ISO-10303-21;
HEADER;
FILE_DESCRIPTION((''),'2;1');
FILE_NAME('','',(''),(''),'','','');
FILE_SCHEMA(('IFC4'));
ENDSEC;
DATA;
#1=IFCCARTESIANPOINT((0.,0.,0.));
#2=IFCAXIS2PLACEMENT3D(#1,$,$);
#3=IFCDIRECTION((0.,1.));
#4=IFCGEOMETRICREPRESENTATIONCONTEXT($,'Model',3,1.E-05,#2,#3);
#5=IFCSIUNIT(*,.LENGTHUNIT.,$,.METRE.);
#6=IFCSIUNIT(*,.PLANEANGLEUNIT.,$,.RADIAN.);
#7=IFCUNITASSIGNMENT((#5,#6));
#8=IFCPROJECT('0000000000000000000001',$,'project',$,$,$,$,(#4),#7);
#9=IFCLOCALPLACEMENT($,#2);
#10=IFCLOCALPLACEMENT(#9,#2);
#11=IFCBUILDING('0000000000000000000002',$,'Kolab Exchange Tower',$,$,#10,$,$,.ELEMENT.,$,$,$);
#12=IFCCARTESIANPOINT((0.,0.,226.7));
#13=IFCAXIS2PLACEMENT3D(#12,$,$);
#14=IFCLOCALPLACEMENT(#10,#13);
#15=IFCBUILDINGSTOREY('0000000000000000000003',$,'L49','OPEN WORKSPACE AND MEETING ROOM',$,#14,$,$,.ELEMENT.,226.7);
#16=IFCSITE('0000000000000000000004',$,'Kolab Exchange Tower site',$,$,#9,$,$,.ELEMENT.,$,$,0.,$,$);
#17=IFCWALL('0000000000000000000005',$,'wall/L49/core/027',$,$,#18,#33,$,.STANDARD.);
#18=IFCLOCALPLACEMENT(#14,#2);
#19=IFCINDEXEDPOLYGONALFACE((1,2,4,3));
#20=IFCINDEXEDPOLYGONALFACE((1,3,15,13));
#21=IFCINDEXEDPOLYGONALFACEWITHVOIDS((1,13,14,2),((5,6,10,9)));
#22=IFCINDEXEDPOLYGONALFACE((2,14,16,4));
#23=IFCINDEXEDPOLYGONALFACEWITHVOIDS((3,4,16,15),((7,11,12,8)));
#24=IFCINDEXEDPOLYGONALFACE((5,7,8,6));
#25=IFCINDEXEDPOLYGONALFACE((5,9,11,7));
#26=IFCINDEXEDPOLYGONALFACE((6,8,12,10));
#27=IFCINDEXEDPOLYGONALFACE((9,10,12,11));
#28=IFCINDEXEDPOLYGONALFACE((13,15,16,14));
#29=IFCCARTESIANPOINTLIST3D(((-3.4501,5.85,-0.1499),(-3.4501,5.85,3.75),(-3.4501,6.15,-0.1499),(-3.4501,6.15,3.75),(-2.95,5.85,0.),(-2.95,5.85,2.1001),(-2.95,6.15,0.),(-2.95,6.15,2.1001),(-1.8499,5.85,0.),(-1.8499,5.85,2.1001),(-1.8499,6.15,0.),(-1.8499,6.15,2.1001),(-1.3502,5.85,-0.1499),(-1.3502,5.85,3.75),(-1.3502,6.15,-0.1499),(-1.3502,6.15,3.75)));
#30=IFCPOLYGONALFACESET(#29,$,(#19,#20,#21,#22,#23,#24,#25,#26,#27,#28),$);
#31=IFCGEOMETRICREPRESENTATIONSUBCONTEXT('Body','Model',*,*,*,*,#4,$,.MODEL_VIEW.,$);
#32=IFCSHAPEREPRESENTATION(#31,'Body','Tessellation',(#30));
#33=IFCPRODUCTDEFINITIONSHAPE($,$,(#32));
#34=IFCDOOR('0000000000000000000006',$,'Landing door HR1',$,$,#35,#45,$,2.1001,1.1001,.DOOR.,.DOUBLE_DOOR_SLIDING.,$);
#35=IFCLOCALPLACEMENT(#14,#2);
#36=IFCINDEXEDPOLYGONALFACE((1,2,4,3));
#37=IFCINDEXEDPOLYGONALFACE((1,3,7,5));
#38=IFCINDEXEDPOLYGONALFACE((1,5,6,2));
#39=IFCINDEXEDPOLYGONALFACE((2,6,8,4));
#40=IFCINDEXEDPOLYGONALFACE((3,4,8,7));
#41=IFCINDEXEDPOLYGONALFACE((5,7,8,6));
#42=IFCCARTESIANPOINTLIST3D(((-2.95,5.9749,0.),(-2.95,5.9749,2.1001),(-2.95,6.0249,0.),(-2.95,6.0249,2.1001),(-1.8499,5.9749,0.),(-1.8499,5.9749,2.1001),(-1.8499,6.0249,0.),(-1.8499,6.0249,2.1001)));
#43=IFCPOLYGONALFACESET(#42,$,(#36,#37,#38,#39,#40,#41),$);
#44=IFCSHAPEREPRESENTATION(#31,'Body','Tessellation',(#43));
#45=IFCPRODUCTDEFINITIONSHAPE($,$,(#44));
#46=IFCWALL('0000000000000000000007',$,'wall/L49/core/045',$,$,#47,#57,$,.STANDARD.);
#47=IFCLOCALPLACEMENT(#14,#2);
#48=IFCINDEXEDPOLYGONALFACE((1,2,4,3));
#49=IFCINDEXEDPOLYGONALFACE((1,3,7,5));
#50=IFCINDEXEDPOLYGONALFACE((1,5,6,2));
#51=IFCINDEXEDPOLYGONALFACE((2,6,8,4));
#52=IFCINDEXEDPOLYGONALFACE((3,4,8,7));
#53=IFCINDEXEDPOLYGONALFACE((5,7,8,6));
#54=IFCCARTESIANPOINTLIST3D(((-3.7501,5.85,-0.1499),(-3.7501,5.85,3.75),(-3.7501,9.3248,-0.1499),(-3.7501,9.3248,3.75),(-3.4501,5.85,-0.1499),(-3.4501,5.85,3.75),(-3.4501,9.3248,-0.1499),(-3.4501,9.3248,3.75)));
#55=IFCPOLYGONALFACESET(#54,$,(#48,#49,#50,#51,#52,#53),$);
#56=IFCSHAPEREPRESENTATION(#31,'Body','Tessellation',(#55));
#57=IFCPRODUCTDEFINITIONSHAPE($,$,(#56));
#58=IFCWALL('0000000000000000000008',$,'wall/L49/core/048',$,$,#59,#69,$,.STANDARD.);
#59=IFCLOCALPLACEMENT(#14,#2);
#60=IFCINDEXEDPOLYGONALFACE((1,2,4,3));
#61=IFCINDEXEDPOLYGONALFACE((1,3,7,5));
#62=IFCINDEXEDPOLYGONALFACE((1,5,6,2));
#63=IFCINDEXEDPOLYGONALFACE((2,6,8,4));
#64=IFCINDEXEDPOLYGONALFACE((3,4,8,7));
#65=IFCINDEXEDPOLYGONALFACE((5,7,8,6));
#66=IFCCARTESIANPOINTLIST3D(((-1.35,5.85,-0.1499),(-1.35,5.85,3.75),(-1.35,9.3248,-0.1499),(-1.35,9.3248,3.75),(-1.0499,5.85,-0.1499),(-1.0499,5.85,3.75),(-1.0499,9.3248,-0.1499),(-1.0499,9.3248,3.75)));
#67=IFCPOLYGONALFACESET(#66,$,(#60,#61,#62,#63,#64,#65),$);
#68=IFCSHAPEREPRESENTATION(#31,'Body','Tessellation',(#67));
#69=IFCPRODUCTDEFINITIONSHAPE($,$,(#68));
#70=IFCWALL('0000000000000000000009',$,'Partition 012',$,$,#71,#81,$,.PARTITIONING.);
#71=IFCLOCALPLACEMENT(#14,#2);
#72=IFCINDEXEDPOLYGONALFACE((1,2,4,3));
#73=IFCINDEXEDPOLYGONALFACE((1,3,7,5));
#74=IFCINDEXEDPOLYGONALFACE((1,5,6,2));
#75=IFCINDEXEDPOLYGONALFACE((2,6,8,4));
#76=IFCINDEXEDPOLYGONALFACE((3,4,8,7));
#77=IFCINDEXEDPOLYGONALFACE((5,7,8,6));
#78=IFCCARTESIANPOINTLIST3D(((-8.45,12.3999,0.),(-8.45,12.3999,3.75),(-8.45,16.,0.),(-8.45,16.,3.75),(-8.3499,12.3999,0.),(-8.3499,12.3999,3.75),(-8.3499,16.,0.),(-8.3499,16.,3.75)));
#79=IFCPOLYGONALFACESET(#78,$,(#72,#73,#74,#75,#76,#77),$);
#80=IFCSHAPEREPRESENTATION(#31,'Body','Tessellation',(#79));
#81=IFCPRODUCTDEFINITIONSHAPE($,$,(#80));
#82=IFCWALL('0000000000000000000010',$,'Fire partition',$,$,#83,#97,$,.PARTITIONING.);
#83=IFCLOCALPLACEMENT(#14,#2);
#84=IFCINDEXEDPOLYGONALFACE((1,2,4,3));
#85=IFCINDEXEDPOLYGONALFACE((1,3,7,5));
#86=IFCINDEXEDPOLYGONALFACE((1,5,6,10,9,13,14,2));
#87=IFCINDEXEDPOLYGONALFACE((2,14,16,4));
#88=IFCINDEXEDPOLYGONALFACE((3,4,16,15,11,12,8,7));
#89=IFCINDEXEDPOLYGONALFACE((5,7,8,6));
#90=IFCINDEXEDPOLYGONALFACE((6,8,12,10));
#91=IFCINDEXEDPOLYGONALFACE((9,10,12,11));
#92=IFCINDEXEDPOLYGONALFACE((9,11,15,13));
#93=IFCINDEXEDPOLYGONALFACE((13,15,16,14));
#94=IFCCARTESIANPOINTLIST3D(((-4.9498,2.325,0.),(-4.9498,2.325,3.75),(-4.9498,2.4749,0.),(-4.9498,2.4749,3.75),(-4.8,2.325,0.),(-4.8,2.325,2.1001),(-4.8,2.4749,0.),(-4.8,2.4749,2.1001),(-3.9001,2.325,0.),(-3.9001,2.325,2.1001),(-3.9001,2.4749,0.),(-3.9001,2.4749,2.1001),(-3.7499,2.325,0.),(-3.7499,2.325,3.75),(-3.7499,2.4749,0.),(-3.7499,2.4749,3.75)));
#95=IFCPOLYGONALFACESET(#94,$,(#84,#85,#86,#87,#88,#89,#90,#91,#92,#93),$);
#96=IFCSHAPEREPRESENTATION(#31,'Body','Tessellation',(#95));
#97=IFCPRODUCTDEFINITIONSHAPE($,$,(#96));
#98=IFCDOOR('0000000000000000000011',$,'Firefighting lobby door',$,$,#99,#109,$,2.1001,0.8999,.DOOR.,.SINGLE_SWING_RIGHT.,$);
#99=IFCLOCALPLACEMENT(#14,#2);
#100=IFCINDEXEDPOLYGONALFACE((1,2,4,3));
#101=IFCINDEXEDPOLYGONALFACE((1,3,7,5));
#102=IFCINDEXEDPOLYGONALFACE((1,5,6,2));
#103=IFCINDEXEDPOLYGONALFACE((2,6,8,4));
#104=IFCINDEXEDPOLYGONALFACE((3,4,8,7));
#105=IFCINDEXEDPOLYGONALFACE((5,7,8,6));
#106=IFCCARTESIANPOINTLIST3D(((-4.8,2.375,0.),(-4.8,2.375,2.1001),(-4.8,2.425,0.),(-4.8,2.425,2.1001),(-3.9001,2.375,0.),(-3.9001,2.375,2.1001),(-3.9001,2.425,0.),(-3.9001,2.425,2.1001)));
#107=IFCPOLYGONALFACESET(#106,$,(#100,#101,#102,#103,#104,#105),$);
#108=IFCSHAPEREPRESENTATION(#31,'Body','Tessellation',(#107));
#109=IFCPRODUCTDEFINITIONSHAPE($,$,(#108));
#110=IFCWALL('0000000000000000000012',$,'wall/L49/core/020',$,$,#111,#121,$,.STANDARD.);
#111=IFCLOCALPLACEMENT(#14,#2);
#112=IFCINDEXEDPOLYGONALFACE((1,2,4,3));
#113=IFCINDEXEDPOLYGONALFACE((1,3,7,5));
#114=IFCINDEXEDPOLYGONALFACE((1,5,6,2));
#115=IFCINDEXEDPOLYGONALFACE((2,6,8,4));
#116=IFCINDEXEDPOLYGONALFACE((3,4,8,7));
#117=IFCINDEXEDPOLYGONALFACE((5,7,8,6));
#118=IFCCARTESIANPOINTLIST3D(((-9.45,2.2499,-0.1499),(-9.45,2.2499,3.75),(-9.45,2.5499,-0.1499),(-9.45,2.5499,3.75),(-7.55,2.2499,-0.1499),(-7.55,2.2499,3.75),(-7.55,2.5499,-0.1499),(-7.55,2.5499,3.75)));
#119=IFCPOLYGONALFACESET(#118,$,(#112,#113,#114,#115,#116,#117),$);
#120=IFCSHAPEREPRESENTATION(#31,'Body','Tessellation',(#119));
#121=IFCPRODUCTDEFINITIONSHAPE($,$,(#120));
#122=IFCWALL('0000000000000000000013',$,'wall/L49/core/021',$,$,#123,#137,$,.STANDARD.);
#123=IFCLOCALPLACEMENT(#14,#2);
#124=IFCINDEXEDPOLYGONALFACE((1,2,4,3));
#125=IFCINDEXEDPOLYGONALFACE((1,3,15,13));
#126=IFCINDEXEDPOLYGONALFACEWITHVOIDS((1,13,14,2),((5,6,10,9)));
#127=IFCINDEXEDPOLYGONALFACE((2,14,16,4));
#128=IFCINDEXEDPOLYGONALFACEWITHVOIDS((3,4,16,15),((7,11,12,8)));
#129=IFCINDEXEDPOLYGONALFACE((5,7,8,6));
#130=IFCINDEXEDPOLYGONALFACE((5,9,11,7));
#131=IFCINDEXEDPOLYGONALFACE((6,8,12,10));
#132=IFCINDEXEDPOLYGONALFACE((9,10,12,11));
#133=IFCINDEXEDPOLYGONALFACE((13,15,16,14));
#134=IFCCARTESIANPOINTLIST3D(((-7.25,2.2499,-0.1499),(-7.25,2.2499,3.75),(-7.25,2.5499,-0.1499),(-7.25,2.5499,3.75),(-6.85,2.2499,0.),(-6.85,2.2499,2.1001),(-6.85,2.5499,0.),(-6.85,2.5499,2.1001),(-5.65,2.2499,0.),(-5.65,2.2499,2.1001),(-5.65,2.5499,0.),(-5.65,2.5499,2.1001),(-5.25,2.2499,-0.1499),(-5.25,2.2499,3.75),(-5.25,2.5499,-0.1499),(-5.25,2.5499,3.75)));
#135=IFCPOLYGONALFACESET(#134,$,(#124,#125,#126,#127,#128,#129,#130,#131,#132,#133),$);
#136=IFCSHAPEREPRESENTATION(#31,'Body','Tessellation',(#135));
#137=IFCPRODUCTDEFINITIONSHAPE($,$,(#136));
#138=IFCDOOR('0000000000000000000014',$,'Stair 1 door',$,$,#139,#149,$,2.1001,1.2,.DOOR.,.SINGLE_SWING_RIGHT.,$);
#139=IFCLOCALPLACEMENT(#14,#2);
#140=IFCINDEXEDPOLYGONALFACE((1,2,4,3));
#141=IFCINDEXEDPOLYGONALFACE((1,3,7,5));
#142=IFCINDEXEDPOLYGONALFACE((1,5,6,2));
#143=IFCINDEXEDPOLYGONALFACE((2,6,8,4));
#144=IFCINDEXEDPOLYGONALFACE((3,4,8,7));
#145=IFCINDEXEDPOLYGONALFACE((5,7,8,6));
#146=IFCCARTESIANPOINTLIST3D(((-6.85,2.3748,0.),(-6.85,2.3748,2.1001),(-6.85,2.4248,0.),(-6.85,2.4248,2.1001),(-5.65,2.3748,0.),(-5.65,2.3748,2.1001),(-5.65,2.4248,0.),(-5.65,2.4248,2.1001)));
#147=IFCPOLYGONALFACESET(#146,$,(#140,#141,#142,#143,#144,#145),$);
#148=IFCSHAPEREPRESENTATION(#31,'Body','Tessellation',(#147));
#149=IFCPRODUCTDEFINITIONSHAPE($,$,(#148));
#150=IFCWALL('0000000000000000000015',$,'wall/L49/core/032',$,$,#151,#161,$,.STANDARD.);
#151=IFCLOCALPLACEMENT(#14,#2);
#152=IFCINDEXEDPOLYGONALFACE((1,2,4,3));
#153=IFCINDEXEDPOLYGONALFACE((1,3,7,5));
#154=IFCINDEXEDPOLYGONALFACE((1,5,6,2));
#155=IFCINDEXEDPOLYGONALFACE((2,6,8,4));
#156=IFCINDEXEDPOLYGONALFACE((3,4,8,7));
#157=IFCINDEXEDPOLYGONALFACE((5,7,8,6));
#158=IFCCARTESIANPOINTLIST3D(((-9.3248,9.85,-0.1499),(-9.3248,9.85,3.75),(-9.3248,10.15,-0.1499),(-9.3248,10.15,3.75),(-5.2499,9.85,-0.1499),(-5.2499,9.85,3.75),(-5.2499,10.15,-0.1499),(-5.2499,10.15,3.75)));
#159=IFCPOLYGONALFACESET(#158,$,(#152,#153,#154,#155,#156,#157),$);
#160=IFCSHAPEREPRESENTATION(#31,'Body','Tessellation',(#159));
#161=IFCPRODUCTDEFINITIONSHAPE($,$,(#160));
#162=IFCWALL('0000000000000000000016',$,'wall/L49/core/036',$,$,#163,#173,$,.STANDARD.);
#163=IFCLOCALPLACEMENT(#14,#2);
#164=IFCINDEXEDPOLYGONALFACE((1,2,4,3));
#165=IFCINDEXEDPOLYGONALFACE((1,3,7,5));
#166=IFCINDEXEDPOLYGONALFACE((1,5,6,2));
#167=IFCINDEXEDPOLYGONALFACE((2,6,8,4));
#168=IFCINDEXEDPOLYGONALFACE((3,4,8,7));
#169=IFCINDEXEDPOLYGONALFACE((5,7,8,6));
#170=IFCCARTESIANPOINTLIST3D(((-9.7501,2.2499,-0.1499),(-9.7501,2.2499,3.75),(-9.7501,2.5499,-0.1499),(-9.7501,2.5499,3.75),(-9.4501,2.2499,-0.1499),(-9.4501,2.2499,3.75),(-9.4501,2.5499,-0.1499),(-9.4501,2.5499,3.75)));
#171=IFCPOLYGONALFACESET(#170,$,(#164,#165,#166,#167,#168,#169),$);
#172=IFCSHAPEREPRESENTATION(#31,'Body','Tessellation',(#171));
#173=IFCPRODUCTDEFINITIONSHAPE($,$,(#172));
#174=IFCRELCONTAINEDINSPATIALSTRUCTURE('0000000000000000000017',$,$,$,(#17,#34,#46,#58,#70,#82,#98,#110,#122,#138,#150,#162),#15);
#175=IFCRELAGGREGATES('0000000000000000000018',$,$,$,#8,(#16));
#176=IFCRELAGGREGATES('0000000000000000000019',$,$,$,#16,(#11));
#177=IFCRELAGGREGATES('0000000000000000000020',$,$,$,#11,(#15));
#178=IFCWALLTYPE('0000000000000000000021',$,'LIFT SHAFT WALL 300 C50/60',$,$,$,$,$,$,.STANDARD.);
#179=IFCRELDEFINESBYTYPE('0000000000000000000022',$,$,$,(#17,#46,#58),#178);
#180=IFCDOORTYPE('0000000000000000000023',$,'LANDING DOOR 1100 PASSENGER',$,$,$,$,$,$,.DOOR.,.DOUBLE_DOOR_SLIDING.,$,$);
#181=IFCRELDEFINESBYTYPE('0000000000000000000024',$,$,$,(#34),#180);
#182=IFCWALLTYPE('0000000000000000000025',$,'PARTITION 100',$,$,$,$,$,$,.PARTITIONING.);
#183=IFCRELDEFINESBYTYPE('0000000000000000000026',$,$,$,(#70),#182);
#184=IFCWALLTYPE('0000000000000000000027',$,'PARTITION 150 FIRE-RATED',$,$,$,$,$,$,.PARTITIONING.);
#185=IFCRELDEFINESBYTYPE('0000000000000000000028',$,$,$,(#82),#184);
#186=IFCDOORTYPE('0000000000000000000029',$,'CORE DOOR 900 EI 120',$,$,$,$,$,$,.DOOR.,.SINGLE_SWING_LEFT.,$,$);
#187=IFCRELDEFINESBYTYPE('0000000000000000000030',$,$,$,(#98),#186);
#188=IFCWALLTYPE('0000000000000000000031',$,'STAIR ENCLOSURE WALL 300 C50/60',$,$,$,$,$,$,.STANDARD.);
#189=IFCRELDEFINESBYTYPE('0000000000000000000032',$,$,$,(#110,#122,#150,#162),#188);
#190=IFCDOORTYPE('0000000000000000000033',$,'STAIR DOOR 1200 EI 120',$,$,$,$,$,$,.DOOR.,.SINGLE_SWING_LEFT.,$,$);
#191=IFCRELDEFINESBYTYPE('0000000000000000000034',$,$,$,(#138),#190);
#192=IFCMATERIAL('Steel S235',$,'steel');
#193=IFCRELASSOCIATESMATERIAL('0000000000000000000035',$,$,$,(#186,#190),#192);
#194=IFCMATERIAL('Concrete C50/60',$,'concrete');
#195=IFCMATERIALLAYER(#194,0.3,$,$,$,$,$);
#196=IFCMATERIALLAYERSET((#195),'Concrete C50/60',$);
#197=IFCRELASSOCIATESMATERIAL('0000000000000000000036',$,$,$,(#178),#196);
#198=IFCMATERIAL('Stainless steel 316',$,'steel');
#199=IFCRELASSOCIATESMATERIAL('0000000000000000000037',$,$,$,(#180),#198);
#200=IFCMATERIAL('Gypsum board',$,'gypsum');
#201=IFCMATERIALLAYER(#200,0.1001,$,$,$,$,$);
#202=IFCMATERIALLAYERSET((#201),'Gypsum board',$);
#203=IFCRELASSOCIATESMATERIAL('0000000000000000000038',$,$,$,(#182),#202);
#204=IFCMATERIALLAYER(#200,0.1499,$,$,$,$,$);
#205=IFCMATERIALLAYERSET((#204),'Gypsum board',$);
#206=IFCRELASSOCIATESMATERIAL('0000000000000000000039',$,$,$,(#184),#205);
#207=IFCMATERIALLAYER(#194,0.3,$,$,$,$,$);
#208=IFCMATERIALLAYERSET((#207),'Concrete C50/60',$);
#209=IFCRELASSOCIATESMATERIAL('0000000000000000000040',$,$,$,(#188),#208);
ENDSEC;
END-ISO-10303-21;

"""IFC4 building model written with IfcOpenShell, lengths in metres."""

from ifc_helpers import new_model, si_unit, direction, frame, frame_2d, origin, place, context, subcontext, project, spatial, rectangle, extrude, material, layer, layer_set, type_object, element, fill, save


model = new_model("IFC4")

# Units and contexts
model_context = context("Model", 3, precision=1e-05, world=origin(), true_north=direction((0.0, 1.0)))
body_context = subcontext(model_context, "Body", "Model", "MODEL_VIEW")
ifc_project = project(units=[si_unit("LENGTHUNIT", "METRE"), si_unit("PLANEANGLEUNIT", "RADIAN")], contexts=[model_context])

# Site, building, storey
site_placement = place(None, origin())
site = spatial("IfcSite", under=ifc_project, at=site_placement, Name="Kolab Exchange Tower site", CompositionType="ELEMENT", RefElevation=0.0)
building_placement = place(site_placement, origin())
building = spatial("IfcBuilding", under=site, at=building_placement, Name="Kolab Exchange Tower", CompositionType="ELEMENT")
storey_placement = place(building_placement, frame((0.0, 0.0, 226.7)))
storey = spatial("IfcBuildingStorey", under=building, at=storey_placement, Name="L49", Description="OPEN WORKSPACE AND MEETING ROOM", CompositionType="ELEMENT", Elevation=226.7)

# Shared definitions
ifc_material_1 = material(Name="Concrete C50/60", Category="concrete")
ifc_material_2 = material(Name="Steel S235", Category="steel")
door_type_1 = type_object("IfcDoorType", Name="CORE DOOR 900 EI 120", OperationType="SINGLE_SWING_LEFT", PredefinedType="DOOR", material=ifc_material_2)

# Shared definitions
ifc_layer_1 = layer(ifc_material_1, 0.3)
ifc_layer_set_1 = layer_set([ifc_layer_1], Name="Concrete C50/60")
wall_type_1 = type_object("IfcWallType", Name="LIFT SHAFT WALL 300 C50/60", PredefinedType="STANDARD", material=ifc_layer_set_1)

# Wall, opening, door
ifc_material_3 = material(Name="Stainless steel 316", Category="steel")
door_type_2 = type_object("IfcDoorType", Name="LANDING DOOR 1100 PASSENGER", OperationType="DOUBLE_DOOR_SLIDING", PredefinedType="DOOR", material=ifc_material_3)
wall_1_placement = place(storey_placement, frame((-3.45, 6.0, -0.1499), z_axis=(0.0, 0.0, 1.0), x_axis=(1.0, 0.0, 0.0)))
wall_1 = element("IfcWall", 1, at=wall_1_placement, inside=storey, type_object=wall_type_1, Name="wall/L49/core/027", PredefinedType="STANDARD", context=body_context, shape_type="SweptSolid", body=[
    extrude(rectangle(XDim=2.0999, YDim=0.3, at=frame_2d((1.0498, 0.0))), origin(), (0.0, 0.0, 1.0), 3.8999),
])
opening_1_placement = place(wall_1_placement, frame((0.5, 0.0, 0.1499)))
opening_1 = element("IfcOpeningElement", 2, at=opening_1_placement, cuts=wall_1, PredefinedType="OPENING", context=body_context, shape_type="SweptSolid", body=[
    extrude(rectangle(XDim=1.1001, YDim=2.1001, at=frame_2d((0.55, 1.05))), frame((0.0, 0.1602, 0.0), z_axis=(0.0, -1.0, 0.0), x_axis=(1.0, 0.0, 0.0)), (0.0, 0.0, 1.0), 0.3201),
])
door_1_placement = place(opening_1_placement, origin())
door_1 = element("IfcDoor", 3, at=door_1_placement, inside=storey, type_object=door_type_2, Name="Landing door HR1", OperationType="DOUBLE_DOOR_SLIDING", OverallHeight=2.1001, OverallWidth=1.1001, PredefinedType="DOOR", context=body_context, shape_type="SweptSolid", body=[
    extrude(rectangle(XDim=1.1001, YDim=2.1001, at=frame_2d((0.55, 1.05))), frame((0.0, 0.0249, 0.0), z_axis=(0.0, -1.0, 0.0), x_axis=(1.0, 0.0, 0.0)), (0.0, 0.0, 1.0), 0.05),
])
fill(opening_1, door_1)

# Walls
for number, where, z_axis, x_axis, name in (
    (4, (-3.6001, 5.8501, -0.1499), (0.0, 0.0, 1.0), (0.0, 1.0, 0.0), "wall/L49/core/045"),
    (5, (-1.2, 5.8501, -0.1499), (0.0, 0.0, 1.0), (0.0, 1.0, 0.0), "wall/L49/core/048"),
):
    element("IfcWall", number, at=place(storey_placement, frame(where, z_axis=z_axis, x_axis=x_axis)), inside=storey, type_object=wall_type_1, Name=name, PredefinedType="STANDARD", context=body_context, shape_type="SweptSolid", body=[
        extrude(rectangle(XDim=3.4749, YDim=0.3, at=frame_2d((1.7373, 0.0))), origin(), (0.0, 0.0, 1.0), 3.8999),
    ])
ifc_material_4 = material(Name="Gypsum board", Category="gypsum")
ifc_layer_2 = layer(ifc_material_4, 0.1001)
ifc_layer_set_2 = layer_set([ifc_layer_2], Name="Gypsum board")
wall_type_2 = type_object("IfcWallType", Name="PARTITION 100", PredefinedType="PARTITIONING", material=ifc_layer_set_2)
wall_2_placement = place(storey_placement, frame((-8.3999, 12.3999, 0.0), z_axis=(0.0, 0.0, 1.0), x_axis=(0.0, 1.0, 0.0)))
element("IfcWall", 6, at=wall_2_placement, inside=storey, type_object=wall_type_2, Name="Partition 012", PredefinedType="PARTITIONING", context=body_context, shape_type="SweptSolid", body=[
    extrude(rectangle(XDim=3.6001, YDim=0.1001, at=frame_2d((1.8, 0.0))), origin(), (0.0, 0.0, 1.0), 3.75),
])

# Wall, opening, door
ifc_layer_3 = layer(ifc_material_4, 0.1499)
ifc_layer_set_3 = layer_set([ifc_layer_3], Name="Gypsum board")
wall_type_3 = type_object("IfcWallType", Name="PARTITION 150 FIRE-RATED", PredefinedType="PARTITIONING", material=ifc_layer_set_3)
wall_3_placement = place(storey_placement, frame((-4.95, 2.3999, 0.0), z_axis=(0.0, 0.0, 1.0), x_axis=(1.0, 0.0, 0.0)))
wall_3 = element("IfcWall", 7, at=wall_3_placement, inside=storey, type_object=wall_type_3, Name="Fire partition", PredefinedType="PARTITIONING", context=body_context, shape_type="SweptSolid", body=[
    extrude(rectangle(XDim=1.2, YDim=0.1499, at=frame_2d((0.6001, 0.0))), origin(), (0.0, 0.0, 1.0), 3.75),
])
opening_2_placement = place(wall_3_placement, frame((0.1499, 0.0, 0.0)))
opening_2 = element("IfcOpeningElement", 8, at=opening_2_placement, cuts=wall_3, PredefinedType="OPENING", context=body_context, shape_type="SweptSolid", body=[
    extrude(rectangle(XDim=0.8999, YDim=2.1001, at=frame_2d((0.45, 1.05))), frame((0.0, 0.085, 0.0), z_axis=(0.0, -1.0, 0.0), x_axis=(1.0, 0.0, 0.0)), (0.0, 0.0, 1.0), 0.1699),
])
door_2_placement = place(opening_2_placement, frame((0.8999, 0.0, 0.0), z_axis=(0.0, 0.0, 1.0), x_axis=(-1.0, 0.0, 0.0)))
door_2 = element("IfcDoor", 9, at=door_2_placement, inside=storey, type_object=door_type_1, Name="Firefighting lobby door", OperationType="SINGLE_SWING_RIGHT", OverallHeight=2.1001, OverallWidth=0.8999, PredefinedType="DOOR", context=body_context, shape_type="SweptSolid", body=[
    extrude(rectangle(XDim=0.8999, YDim=2.1001, at=frame_2d((0.45, 1.05))), frame((0.0, 0.0249, 0.0), z_axis=(0.0, -1.0, 0.0), x_axis=(1.0, 0.0, 0.0)), (0.0, 0.0, 1.0), 0.05),
])
fill(opening_2, door_2)

# Wall
ifc_layer_4 = layer(ifc_material_1, 0.3)
ifc_layer_set_4 = layer_set([ifc_layer_4], Name="Concrete C50/60")
wall_type_4 = type_object("IfcWallType", Name="STAIR ENCLOSURE WALL 300 C50/60", PredefinedType="STANDARD", material=ifc_layer_set_4)
wall_4_placement = place(storey_placement, frame((-9.45, 2.3999, -0.1499), z_axis=(0.0, 0.0, 1.0), x_axis=(1.0, 0.0, 0.0)))
element("IfcWall", 10, at=wall_4_placement, inside=storey, type_object=wall_type_4, Name="wall/L49/core/020", PredefinedType="STANDARD", context=body_context, shape_type="SweptSolid", body=[
    extrude(rectangle(XDim=1.8999, YDim=0.3, at=frame_2d((0.95, 0.0))), origin(), (0.0, 0.0, 1.0), 3.8999),
])

# Wall, opening, door
wall_5_placement = place(storey_placement, frame((-7.25, 2.3999, -0.1499), z_axis=(0.0, 0.0, 1.0), x_axis=(1.0, 0.0, 0.0)))
wall_5 = element("IfcWall", 11, at=wall_5_placement, inside=storey, type_object=wall_type_4, Name="wall/L49/core/021", PredefinedType="STANDARD", context=body_context, shape_type="SweptSolid", body=[
    extrude(rectangle(XDim=2.0, YDim=0.3, at=frame_2d((1.0, 0.0))), origin(), (0.0, 0.0, 1.0), 3.8999),
])
opening_3_placement = place(wall_5_placement, frame((0.3999, 0.0, 0.1499)))
opening_3 = element("IfcOpeningElement", 12, at=opening_3_placement, cuts=wall_5, PredefinedType="OPENING", context=body_context, shape_type="SweptSolid", body=[
    extrude(rectangle(XDim=1.2, YDim=2.1001, at=frame_2d((0.6001, 1.05))), frame((0.0, 0.1602, 0.0), z_axis=(0.0, -1.0, 0.0), x_axis=(1.0, 0.0, 0.0)), (0.0, 0.0, 1.0), 0.3201),
])
door_type_3 = type_object("IfcDoorType", Name="STAIR DOOR 1200 EI 120", OperationType="SINGLE_SWING_LEFT", PredefinedType="DOOR", material=ifc_material_2)
door_3_placement = place(opening_3_placement, origin())
door_3 = element("IfcDoor", 13, at=door_3_placement, inside=storey, type_object=door_type_3, Name="Stair 1 door", OperationType="SINGLE_SWING_RIGHT", OverallHeight=2.1001, OverallWidth=1.2, PredefinedType="DOOR", context=body_context, shape_type="SweptSolid", body=[
    extrude(rectangle(XDim=1.2, YDim=2.1001, at=frame_2d((0.6001, 1.05))), frame((0.0, 0.0249, 0.0), z_axis=(0.0, -1.0, 0.0), x_axis=(1.0, 0.0, 0.0)), (0.0, 0.0, 1.0), 0.05),
])
fill(opening_3, door_3)

# Walls
wall_6_placement = place(storey_placement, frame((-9.325, 10.0, -0.1499), z_axis=(0.0, 0.0, 1.0), x_axis=(1.0, 0.0, 0.0)))
element("IfcWall", 14, at=wall_6_placement, inside=storey, type_object=wall_type_4, Name="wall/L49/core/032", PredefinedType="STANDARD", context=body_context, shape_type="SweptSolid", body=[
    extrude(rectangle(XDim=4.075, YDim=0.3, at=frame_2d((2.0376, 0.0))), origin(), (0.0, 0.0, 1.0), 3.8999),
])
wall_7_placement = place(storey_placement, frame((-9.6001, 2.25, -0.1499), z_axis=(0.0, 0.0, 1.0), x_axis=(0.0, 1.0, 0.0)))
element("IfcWall", 15, at=wall_7_placement, inside=storey, type_object=wall_type_4, Name="wall/L49/core/036", PredefinedType="STANDARD", context=body_context, shape_type="SweptSolid", body=[
    extrude(rectangle(XDim=0.3, YDim=0.3, at=frame_2d((0.1499, 0.0))), origin(), (0.0, 0.0, 1.0), 3.8999),
])

save(model, "model.ifc")
